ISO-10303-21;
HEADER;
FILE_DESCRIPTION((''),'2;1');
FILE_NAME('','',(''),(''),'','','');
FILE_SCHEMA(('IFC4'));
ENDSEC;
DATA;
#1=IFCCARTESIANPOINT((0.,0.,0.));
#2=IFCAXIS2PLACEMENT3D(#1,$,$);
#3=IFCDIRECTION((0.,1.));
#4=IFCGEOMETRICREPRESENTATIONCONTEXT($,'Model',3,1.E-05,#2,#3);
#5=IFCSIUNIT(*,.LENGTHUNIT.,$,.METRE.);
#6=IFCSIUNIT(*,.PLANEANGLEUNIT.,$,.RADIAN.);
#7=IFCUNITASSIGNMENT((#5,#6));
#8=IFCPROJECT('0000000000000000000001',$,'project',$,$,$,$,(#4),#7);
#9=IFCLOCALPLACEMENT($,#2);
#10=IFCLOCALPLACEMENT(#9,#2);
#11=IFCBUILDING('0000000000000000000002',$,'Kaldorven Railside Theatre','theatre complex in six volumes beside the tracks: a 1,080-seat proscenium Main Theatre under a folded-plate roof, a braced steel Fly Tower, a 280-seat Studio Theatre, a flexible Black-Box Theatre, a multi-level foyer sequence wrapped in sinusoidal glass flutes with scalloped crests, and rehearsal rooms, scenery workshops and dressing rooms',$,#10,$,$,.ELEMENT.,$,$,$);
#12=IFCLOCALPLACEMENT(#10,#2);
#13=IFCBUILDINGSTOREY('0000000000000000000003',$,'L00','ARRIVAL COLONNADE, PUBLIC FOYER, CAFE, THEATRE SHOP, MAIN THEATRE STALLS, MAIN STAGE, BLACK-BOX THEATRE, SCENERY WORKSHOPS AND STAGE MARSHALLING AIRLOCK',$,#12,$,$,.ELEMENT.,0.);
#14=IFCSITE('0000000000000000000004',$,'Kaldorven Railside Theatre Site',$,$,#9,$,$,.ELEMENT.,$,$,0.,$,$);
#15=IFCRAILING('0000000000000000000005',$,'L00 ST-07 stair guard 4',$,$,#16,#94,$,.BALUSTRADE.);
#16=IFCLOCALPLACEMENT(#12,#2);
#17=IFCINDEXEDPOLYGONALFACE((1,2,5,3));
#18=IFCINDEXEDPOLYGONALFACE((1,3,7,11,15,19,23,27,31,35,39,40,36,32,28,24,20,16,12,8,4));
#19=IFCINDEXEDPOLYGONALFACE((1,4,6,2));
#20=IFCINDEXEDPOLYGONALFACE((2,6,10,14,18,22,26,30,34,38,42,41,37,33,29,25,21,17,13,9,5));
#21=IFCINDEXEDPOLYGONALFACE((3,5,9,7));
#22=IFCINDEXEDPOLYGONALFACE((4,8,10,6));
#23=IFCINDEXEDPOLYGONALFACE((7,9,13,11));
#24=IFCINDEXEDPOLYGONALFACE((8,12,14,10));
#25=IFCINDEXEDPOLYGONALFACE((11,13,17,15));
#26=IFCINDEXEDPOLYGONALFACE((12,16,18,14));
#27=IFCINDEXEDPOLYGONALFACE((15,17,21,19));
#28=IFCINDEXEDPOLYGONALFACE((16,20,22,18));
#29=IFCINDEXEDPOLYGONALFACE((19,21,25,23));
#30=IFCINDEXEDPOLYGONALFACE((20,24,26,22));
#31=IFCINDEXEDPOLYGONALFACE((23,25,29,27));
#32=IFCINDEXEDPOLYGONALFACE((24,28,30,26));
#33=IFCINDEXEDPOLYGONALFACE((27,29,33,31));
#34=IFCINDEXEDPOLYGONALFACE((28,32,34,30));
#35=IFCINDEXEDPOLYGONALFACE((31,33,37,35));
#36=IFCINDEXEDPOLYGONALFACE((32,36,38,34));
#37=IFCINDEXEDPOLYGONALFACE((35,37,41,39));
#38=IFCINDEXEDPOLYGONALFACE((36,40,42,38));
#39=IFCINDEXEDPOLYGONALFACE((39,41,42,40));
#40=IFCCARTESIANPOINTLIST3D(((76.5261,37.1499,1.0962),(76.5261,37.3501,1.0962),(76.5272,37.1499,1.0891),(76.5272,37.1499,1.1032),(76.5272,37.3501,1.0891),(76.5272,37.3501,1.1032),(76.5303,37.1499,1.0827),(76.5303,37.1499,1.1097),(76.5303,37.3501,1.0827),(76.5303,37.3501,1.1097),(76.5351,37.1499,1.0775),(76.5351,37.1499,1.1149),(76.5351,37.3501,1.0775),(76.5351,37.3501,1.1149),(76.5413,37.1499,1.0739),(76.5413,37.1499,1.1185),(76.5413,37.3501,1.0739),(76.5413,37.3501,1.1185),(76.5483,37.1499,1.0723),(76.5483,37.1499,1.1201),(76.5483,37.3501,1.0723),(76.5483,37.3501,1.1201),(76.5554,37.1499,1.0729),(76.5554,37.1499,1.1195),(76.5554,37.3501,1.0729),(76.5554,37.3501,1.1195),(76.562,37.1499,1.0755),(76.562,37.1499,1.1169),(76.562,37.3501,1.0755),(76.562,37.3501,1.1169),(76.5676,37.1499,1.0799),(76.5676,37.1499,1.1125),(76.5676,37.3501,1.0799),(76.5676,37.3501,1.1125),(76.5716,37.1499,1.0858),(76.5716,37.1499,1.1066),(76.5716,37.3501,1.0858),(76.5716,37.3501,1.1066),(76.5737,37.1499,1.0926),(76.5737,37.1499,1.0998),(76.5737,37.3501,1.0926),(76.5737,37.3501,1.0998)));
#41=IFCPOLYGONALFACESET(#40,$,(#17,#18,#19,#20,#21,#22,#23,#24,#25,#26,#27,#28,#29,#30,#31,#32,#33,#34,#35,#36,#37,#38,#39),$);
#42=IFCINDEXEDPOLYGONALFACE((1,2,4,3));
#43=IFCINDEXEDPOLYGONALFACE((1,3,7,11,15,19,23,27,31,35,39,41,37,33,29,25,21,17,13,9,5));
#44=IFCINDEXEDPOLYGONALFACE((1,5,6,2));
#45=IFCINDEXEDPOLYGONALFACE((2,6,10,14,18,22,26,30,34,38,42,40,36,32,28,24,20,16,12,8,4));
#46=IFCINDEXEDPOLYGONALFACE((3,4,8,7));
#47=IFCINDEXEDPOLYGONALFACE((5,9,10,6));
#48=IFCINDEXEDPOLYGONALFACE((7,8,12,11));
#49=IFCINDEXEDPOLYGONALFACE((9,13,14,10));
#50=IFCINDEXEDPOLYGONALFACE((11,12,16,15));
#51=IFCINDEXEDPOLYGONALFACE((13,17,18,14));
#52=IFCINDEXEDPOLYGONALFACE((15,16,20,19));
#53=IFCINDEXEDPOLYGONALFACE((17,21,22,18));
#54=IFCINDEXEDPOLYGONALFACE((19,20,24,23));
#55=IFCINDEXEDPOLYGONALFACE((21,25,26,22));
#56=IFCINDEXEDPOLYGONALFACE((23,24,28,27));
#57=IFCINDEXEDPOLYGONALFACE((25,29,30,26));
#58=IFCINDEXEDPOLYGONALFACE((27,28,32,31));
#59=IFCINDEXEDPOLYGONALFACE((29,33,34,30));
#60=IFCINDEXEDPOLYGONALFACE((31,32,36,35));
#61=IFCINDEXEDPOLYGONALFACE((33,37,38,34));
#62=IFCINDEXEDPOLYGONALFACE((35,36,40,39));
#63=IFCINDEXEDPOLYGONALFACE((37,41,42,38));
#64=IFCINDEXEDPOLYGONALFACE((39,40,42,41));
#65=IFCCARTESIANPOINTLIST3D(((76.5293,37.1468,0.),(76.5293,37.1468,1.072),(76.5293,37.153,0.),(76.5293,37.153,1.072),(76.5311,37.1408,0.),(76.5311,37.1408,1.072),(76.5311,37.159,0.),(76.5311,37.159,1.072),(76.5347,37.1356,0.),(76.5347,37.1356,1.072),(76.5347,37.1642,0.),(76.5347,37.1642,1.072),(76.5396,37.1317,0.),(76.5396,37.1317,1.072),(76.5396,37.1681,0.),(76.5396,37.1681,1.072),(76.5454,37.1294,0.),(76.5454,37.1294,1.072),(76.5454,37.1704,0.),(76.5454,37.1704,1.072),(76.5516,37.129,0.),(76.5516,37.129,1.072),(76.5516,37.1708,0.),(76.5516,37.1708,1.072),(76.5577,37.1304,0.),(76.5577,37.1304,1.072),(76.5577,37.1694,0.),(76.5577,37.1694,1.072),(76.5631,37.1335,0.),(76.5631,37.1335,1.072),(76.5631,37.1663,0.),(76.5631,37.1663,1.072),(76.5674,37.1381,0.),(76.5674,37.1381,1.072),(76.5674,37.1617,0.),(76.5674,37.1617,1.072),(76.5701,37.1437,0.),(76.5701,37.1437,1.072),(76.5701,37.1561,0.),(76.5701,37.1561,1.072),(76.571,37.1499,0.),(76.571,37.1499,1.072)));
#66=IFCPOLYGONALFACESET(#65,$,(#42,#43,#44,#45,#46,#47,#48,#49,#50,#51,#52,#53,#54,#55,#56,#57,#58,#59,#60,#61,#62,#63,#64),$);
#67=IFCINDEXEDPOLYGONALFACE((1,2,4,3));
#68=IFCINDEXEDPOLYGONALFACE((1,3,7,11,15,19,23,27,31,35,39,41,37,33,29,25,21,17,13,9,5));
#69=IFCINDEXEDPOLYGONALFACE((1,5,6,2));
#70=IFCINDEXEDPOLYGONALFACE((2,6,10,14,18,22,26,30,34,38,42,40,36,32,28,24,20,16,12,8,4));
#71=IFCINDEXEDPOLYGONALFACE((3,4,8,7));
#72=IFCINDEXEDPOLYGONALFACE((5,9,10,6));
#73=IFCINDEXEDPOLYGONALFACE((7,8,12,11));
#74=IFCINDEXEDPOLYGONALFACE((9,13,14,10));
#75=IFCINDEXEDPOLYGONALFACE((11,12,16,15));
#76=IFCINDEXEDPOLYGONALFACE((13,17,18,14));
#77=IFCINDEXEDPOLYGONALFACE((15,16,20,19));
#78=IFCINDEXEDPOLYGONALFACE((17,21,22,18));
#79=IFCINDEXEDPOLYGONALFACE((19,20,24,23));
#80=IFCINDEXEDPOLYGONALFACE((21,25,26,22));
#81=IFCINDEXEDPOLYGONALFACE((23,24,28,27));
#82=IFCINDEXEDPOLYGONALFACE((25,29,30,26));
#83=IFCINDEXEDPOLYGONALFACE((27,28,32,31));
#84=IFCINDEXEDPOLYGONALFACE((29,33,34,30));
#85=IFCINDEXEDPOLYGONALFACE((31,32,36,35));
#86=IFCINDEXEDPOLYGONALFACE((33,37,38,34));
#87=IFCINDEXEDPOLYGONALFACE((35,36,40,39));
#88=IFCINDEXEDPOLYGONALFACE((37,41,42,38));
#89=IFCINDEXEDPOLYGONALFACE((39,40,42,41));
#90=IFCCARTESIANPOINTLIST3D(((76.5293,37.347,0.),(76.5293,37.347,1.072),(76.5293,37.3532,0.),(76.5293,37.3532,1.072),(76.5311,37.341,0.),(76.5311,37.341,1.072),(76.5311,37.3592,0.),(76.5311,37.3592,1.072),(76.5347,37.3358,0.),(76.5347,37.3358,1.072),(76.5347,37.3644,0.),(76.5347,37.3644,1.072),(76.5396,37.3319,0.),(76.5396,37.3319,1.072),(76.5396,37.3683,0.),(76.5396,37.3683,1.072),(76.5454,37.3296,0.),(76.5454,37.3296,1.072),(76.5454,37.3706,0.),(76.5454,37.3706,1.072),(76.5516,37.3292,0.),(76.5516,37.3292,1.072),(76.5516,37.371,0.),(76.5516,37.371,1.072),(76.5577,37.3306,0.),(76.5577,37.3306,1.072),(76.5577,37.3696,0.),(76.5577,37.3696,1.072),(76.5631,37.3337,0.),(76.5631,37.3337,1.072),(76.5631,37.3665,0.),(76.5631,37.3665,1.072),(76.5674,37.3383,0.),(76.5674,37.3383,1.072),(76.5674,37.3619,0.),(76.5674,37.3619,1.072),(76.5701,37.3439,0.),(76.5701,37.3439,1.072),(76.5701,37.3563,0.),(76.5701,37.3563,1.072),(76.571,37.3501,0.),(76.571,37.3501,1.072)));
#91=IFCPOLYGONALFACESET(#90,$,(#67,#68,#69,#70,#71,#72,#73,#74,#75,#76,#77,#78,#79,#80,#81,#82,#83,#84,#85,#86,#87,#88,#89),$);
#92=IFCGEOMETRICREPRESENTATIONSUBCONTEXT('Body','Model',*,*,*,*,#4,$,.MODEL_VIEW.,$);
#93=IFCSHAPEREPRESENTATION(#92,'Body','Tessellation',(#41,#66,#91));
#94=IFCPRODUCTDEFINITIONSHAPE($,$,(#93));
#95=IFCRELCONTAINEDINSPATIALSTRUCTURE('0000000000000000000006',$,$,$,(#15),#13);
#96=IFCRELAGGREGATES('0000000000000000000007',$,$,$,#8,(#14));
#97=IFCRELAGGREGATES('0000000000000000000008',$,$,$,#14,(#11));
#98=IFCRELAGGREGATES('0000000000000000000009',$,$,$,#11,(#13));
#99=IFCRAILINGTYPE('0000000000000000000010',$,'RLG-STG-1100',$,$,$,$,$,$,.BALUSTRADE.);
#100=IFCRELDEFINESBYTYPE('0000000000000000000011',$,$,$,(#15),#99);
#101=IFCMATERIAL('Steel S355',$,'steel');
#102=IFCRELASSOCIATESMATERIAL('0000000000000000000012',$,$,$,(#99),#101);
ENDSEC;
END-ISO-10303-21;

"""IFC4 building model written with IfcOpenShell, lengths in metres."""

from ifc_helpers import new_model, si_unit, direction, frame, origin, origin_2d, place, context, subcontext, project, spatial, circle, extrude, material, type_object, element, save


model = new_model("IFC4")

# Units and contexts
model_context = context("Model", 3, precision=1e-05, world=origin(), true_north=direction((0.0, 1.0)))
body_context = subcontext(model_context, "Body", "Model", "MODEL_VIEW")
ifc_project = project(units=[si_unit("LENGTHUNIT", "METRE"), si_unit("PLANEANGLEUNIT", "RADIAN")], contexts=[model_context])

# Site, building, storey
site_placement = place(None, origin())
site = spatial("IfcSite", under=ifc_project, at=site_placement, Name="Kaldorven Railside Theatre Site", CompositionType="ELEMENT", RefElevation=0.0)
building_placement = place(site_placement, origin())
building = spatial("IfcBuilding", under=site, at=building_placement, Name="Kaldorven Railside Theatre", Description="theatre complex in six volumes beside the tracks: a 1,080-seat proscenium Main Theatre under a folded-plate roof, a braced steel Fly Tower, a 280-seat Studio Theatre, a flexible Black-Box Theatre, a multi-level foyer sequence wrapped in sinusoidal glass flutes with scalloped crests, and rehearsal rooms, scenery workshops and dressing rooms", CompositionType="ELEMENT")
storey_placement = place(building_placement, origin())
storey = spatial("IfcBuildingStorey", under=building, at=storey_placement, Name="L00", Description="ARRIVAL COLONNADE, PUBLIC FOYER, CAFE, THEATRE SHOP, MAIN THEATRE STALLS, MAIN STAGE, BLACK-BOX THEATRE, SCENERY WORKSHOPS AND STAGE MARSHALLING AIRLOCK", CompositionType="ELEMENT", Elevation=0.0)

# Shared definitions
ifc_material_1 = material(Name="Steel S355", Category="steel")

# Railing
railing_type_1 = type_object("IfcRailingType", Name="RLG-STG-1100", PredefinedType="BALUSTRADE", material=ifc_material_1)
railing_1_placement = place(storey_placement, frame((76.55, 37.1499, 0.0)))
element("IfcRailing", 1, at=railing_1_placement, inside=storey, type_object=railing_type_1, Name="L00 ST-07 stair guard 4", PredefinedType="BALUSTRADE", context=body_context, shape_type="SweptSolid", body=[
    extrude(circle(Radius=0.0239, at=origin_2d()), frame((0.0, 0.0, 1.0962), z_axis=(0.0, 1.0, 0.0), x_axis=(-1.0, 0.0, 0.0)), (0.0, 0.0, 1.0), 0.2002),
    extrude(circle(Radius=0.021, at=origin_2d()), origin(), (0.0, 0.0, 1.0), 1.072),
    extrude(circle(Radius=0.021, at=origin_2d()), frame((0.0, 0.2002, 0.0)), (0.0, 0.0, 1.0), 1.072),
])

save(model, "model.ifc")
